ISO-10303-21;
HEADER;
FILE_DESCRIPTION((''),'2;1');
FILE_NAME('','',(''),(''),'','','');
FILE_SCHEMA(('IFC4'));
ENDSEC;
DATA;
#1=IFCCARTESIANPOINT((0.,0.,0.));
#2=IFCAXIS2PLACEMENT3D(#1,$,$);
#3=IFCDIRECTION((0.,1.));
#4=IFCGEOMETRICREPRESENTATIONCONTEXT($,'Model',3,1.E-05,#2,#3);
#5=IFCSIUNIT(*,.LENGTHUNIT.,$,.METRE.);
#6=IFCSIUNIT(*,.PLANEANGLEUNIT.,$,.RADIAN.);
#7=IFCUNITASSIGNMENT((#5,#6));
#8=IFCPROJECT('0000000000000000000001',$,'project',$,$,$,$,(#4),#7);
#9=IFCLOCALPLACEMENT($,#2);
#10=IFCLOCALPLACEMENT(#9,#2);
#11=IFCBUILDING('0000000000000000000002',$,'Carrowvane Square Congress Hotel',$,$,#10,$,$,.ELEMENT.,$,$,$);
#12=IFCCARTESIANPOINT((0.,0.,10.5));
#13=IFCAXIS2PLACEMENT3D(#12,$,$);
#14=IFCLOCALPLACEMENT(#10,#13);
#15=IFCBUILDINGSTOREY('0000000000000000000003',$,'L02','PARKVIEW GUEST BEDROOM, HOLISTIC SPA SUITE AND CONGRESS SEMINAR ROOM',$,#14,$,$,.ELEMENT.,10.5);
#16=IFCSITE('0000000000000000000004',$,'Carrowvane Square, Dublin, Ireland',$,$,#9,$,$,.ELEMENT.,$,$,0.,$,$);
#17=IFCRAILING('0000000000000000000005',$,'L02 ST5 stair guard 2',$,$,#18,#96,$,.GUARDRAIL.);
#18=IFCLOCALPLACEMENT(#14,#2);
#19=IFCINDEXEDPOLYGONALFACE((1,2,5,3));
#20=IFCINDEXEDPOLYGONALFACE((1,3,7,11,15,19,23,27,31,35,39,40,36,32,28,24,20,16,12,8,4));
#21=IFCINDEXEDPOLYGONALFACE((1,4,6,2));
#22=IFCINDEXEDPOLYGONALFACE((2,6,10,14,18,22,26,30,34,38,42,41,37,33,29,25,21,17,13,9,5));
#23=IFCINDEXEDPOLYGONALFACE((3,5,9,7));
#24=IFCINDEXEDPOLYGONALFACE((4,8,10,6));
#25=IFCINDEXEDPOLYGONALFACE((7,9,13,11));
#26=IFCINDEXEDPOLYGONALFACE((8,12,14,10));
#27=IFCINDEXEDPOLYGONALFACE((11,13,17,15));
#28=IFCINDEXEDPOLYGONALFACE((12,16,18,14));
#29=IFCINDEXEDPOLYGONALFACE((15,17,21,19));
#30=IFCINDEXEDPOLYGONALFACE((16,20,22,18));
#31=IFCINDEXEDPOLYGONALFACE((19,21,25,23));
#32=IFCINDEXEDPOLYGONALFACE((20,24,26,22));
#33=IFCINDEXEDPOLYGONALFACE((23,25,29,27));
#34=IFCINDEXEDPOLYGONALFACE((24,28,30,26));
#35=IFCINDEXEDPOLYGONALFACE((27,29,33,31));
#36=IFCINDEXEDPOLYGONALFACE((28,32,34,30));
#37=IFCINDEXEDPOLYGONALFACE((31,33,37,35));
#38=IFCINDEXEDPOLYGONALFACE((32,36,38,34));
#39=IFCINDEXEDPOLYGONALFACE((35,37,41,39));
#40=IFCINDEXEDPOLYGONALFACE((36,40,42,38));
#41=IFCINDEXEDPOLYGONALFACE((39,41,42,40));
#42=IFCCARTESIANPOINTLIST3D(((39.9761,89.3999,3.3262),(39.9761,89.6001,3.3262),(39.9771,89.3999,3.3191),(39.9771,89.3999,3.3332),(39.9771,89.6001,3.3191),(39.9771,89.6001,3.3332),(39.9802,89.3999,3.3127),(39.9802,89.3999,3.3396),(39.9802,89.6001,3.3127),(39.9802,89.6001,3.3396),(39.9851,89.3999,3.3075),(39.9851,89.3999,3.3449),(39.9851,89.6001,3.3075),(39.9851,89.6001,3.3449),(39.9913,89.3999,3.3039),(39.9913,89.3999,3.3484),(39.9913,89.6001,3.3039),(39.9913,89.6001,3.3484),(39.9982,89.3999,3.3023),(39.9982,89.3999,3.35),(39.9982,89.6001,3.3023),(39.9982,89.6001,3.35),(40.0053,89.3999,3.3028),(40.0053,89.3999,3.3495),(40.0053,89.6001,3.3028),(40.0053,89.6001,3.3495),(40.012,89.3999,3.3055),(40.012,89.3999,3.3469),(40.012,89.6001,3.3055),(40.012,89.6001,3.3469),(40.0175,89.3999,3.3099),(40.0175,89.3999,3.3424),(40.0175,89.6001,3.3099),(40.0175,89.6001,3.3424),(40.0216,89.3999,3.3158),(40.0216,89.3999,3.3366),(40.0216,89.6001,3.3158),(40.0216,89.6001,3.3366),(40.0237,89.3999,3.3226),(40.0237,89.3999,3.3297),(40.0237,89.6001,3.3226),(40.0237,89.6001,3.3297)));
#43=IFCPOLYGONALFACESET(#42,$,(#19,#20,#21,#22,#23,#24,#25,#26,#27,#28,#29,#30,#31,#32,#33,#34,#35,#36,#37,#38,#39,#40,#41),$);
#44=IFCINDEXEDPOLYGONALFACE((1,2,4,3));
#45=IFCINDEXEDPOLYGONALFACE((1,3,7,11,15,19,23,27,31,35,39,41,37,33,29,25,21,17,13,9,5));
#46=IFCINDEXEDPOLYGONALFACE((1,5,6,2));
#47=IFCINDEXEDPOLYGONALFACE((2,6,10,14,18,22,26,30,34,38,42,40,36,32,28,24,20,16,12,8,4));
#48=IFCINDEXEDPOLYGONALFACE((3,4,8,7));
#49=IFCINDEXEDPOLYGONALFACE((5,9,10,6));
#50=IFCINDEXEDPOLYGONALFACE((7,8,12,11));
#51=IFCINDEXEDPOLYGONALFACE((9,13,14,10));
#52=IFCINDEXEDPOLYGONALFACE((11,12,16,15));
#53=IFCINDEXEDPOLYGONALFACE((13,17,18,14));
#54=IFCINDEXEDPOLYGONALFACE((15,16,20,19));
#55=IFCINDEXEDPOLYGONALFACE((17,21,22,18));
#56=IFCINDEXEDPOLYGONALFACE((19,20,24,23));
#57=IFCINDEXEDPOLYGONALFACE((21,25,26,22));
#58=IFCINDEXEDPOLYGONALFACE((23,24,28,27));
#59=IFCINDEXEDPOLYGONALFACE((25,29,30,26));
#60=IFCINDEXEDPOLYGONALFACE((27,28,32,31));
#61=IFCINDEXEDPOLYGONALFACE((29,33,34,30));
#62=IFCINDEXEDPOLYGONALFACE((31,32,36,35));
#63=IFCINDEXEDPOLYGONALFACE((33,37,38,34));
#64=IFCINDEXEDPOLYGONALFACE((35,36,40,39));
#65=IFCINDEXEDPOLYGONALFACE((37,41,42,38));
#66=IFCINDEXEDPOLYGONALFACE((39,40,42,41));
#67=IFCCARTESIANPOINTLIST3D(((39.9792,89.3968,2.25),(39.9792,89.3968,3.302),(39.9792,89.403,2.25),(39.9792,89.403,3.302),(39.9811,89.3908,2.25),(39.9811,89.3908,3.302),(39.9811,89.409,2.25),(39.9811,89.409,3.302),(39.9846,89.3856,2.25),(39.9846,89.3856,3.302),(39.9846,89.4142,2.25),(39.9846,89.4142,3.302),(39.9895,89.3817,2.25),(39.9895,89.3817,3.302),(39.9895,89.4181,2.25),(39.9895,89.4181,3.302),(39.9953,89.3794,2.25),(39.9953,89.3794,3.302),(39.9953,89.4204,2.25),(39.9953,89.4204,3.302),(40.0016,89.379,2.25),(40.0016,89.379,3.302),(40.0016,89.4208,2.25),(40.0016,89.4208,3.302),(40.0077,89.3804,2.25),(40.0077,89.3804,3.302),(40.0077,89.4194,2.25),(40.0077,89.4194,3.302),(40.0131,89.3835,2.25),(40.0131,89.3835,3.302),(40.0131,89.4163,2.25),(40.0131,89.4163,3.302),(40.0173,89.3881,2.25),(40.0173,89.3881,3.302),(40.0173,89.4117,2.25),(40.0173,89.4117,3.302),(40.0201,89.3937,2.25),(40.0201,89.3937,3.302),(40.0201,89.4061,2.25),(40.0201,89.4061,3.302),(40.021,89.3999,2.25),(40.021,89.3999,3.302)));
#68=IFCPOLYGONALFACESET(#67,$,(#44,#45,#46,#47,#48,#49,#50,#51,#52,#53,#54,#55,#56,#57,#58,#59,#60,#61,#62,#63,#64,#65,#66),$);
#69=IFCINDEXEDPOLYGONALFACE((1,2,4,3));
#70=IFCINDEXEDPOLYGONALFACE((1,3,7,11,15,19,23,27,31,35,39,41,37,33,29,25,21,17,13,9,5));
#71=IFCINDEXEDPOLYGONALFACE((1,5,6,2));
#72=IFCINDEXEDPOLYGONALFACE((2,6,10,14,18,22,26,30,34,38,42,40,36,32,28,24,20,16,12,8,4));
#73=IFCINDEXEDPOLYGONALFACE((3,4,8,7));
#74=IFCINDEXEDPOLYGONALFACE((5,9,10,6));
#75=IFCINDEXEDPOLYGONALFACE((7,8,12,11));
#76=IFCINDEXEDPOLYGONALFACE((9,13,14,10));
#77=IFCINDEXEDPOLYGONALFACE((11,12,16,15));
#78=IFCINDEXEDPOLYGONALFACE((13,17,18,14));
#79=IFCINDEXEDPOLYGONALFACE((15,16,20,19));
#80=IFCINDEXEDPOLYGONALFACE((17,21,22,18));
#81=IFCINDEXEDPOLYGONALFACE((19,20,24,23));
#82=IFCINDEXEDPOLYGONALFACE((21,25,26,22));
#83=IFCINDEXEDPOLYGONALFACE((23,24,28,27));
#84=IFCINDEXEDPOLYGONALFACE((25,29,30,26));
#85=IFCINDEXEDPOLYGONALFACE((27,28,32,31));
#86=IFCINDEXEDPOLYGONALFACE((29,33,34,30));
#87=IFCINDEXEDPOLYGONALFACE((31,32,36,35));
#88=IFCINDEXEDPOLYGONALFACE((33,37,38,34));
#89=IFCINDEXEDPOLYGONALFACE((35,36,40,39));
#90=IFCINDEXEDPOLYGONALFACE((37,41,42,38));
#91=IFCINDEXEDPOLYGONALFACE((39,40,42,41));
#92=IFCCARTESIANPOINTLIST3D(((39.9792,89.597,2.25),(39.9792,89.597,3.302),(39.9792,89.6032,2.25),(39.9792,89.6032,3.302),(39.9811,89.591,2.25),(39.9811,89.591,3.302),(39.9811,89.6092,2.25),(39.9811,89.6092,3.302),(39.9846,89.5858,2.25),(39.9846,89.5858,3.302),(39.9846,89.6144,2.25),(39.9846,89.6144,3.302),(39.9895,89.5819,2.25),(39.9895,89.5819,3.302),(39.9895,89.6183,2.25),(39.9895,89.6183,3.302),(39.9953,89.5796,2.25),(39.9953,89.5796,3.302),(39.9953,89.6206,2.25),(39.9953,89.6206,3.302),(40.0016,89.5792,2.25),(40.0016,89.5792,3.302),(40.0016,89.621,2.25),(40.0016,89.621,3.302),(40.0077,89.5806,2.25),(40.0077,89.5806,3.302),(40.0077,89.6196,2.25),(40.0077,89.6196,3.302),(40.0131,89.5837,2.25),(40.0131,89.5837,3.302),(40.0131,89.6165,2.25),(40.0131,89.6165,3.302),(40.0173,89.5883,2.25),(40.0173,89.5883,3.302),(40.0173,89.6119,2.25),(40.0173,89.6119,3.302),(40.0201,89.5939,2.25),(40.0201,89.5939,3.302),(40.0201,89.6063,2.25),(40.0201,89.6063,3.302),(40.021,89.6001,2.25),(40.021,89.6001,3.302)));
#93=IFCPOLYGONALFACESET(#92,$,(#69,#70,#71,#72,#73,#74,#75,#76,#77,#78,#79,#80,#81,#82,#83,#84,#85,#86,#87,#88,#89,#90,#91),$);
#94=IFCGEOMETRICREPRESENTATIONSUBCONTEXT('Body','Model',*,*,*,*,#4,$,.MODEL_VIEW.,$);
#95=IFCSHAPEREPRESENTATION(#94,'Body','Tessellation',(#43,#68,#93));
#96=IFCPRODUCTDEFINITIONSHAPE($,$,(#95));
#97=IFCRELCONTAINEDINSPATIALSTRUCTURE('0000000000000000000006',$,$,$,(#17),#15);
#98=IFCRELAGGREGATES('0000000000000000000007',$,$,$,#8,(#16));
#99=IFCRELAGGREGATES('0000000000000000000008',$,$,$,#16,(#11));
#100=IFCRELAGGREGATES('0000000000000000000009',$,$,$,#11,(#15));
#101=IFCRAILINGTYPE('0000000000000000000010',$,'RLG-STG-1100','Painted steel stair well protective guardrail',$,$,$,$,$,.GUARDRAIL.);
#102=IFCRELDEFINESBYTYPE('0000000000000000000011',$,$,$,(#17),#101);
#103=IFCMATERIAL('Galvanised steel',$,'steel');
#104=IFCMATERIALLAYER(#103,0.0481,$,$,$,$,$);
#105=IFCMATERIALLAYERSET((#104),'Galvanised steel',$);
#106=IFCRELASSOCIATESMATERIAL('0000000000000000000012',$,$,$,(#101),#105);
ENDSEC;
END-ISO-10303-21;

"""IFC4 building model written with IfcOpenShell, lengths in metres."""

from ifc_helpers import new_model, si_unit, direction, frame, origin, origin_2d, place, context, subcontext, project, spatial, circle, extrude, material, layer, layer_set, type_object, element, save


model = new_model("IFC4")

# Units and contexts
model_context = context("Model", 3, precision=1e-05, world=origin(), true_north=direction((0.0, 1.0)))
body_context = subcontext(model_context, "Body", "Model", "MODEL_VIEW")
ifc_project = project(units=[si_unit("LENGTHUNIT", "METRE"), si_unit("PLANEANGLEUNIT", "RADIAN")], contexts=[model_context])

# Site, building, storey
site_placement = place(None, origin())
site = spatial("IfcSite", under=ifc_project, at=site_placement, Name="Carrowvane Square, Dublin, Ireland", CompositionType="ELEMENT", RefElevation=0.0)
building_placement = place(site_placement, origin())
building = spatial("IfcBuilding", under=site, at=building_placement, Name="Carrowvane Square Congress Hotel", CompositionType="ELEMENT")
storey_placement = place(building_placement, frame((0.0, 0.0, 10.5)))
storey = spatial("IfcBuildingStorey", under=building, at=storey_placement, Name="L02", Description="PARKVIEW GUEST BEDROOM, HOLISTIC SPA SUITE AND CONGRESS SEMINAR ROOM", CompositionType="ELEMENT", Elevation=10.5)

# Railing
ifc_material_1 = material(Name="Galvanised steel", Category="steel")
ifc_layer_1 = layer(ifc_material_1, 0.0481)
ifc_layer_set_1 = layer_set([ifc_layer_1], Name="Galvanised steel")
railing_type_1 = type_object("IfcRailingType", Name="RLG-STG-1100", Description="Painted steel stair well protective guardrail", PredefinedType="GUARDRAIL", material=ifc_layer_set_1)
railing_1_placement = place(storey_placement, frame((40.0, 89.3999, 2.25)))
element("IfcRailing", 1, at=railing_1_placement, inside=storey, type_object=railing_type_1, Name="L02 ST5 stair guard 2", PredefinedType="GUARDRAIL", context=body_context, shape_type="SweptSolid", body=[
    extrude(circle(Radius=0.0239, at=origin_2d()), frame((0.0, 0.0, 1.0762), z_axis=(0.0, 1.0, 0.0), x_axis=(-1.0, 0.0, 0.0)), (0.0, 0.0, 1.0), 0.2002),
    extrude(circle(Radius=0.021, at=origin_2d()), origin(), (0.0, 0.0, 1.0), 1.052),
    extrude(circle(Radius=0.021, at=origin_2d()), frame((0.0, 0.2002, 0.0)), (0.0, 0.0, 1.0), 1.052),
])

save(model, "model.ifc")
